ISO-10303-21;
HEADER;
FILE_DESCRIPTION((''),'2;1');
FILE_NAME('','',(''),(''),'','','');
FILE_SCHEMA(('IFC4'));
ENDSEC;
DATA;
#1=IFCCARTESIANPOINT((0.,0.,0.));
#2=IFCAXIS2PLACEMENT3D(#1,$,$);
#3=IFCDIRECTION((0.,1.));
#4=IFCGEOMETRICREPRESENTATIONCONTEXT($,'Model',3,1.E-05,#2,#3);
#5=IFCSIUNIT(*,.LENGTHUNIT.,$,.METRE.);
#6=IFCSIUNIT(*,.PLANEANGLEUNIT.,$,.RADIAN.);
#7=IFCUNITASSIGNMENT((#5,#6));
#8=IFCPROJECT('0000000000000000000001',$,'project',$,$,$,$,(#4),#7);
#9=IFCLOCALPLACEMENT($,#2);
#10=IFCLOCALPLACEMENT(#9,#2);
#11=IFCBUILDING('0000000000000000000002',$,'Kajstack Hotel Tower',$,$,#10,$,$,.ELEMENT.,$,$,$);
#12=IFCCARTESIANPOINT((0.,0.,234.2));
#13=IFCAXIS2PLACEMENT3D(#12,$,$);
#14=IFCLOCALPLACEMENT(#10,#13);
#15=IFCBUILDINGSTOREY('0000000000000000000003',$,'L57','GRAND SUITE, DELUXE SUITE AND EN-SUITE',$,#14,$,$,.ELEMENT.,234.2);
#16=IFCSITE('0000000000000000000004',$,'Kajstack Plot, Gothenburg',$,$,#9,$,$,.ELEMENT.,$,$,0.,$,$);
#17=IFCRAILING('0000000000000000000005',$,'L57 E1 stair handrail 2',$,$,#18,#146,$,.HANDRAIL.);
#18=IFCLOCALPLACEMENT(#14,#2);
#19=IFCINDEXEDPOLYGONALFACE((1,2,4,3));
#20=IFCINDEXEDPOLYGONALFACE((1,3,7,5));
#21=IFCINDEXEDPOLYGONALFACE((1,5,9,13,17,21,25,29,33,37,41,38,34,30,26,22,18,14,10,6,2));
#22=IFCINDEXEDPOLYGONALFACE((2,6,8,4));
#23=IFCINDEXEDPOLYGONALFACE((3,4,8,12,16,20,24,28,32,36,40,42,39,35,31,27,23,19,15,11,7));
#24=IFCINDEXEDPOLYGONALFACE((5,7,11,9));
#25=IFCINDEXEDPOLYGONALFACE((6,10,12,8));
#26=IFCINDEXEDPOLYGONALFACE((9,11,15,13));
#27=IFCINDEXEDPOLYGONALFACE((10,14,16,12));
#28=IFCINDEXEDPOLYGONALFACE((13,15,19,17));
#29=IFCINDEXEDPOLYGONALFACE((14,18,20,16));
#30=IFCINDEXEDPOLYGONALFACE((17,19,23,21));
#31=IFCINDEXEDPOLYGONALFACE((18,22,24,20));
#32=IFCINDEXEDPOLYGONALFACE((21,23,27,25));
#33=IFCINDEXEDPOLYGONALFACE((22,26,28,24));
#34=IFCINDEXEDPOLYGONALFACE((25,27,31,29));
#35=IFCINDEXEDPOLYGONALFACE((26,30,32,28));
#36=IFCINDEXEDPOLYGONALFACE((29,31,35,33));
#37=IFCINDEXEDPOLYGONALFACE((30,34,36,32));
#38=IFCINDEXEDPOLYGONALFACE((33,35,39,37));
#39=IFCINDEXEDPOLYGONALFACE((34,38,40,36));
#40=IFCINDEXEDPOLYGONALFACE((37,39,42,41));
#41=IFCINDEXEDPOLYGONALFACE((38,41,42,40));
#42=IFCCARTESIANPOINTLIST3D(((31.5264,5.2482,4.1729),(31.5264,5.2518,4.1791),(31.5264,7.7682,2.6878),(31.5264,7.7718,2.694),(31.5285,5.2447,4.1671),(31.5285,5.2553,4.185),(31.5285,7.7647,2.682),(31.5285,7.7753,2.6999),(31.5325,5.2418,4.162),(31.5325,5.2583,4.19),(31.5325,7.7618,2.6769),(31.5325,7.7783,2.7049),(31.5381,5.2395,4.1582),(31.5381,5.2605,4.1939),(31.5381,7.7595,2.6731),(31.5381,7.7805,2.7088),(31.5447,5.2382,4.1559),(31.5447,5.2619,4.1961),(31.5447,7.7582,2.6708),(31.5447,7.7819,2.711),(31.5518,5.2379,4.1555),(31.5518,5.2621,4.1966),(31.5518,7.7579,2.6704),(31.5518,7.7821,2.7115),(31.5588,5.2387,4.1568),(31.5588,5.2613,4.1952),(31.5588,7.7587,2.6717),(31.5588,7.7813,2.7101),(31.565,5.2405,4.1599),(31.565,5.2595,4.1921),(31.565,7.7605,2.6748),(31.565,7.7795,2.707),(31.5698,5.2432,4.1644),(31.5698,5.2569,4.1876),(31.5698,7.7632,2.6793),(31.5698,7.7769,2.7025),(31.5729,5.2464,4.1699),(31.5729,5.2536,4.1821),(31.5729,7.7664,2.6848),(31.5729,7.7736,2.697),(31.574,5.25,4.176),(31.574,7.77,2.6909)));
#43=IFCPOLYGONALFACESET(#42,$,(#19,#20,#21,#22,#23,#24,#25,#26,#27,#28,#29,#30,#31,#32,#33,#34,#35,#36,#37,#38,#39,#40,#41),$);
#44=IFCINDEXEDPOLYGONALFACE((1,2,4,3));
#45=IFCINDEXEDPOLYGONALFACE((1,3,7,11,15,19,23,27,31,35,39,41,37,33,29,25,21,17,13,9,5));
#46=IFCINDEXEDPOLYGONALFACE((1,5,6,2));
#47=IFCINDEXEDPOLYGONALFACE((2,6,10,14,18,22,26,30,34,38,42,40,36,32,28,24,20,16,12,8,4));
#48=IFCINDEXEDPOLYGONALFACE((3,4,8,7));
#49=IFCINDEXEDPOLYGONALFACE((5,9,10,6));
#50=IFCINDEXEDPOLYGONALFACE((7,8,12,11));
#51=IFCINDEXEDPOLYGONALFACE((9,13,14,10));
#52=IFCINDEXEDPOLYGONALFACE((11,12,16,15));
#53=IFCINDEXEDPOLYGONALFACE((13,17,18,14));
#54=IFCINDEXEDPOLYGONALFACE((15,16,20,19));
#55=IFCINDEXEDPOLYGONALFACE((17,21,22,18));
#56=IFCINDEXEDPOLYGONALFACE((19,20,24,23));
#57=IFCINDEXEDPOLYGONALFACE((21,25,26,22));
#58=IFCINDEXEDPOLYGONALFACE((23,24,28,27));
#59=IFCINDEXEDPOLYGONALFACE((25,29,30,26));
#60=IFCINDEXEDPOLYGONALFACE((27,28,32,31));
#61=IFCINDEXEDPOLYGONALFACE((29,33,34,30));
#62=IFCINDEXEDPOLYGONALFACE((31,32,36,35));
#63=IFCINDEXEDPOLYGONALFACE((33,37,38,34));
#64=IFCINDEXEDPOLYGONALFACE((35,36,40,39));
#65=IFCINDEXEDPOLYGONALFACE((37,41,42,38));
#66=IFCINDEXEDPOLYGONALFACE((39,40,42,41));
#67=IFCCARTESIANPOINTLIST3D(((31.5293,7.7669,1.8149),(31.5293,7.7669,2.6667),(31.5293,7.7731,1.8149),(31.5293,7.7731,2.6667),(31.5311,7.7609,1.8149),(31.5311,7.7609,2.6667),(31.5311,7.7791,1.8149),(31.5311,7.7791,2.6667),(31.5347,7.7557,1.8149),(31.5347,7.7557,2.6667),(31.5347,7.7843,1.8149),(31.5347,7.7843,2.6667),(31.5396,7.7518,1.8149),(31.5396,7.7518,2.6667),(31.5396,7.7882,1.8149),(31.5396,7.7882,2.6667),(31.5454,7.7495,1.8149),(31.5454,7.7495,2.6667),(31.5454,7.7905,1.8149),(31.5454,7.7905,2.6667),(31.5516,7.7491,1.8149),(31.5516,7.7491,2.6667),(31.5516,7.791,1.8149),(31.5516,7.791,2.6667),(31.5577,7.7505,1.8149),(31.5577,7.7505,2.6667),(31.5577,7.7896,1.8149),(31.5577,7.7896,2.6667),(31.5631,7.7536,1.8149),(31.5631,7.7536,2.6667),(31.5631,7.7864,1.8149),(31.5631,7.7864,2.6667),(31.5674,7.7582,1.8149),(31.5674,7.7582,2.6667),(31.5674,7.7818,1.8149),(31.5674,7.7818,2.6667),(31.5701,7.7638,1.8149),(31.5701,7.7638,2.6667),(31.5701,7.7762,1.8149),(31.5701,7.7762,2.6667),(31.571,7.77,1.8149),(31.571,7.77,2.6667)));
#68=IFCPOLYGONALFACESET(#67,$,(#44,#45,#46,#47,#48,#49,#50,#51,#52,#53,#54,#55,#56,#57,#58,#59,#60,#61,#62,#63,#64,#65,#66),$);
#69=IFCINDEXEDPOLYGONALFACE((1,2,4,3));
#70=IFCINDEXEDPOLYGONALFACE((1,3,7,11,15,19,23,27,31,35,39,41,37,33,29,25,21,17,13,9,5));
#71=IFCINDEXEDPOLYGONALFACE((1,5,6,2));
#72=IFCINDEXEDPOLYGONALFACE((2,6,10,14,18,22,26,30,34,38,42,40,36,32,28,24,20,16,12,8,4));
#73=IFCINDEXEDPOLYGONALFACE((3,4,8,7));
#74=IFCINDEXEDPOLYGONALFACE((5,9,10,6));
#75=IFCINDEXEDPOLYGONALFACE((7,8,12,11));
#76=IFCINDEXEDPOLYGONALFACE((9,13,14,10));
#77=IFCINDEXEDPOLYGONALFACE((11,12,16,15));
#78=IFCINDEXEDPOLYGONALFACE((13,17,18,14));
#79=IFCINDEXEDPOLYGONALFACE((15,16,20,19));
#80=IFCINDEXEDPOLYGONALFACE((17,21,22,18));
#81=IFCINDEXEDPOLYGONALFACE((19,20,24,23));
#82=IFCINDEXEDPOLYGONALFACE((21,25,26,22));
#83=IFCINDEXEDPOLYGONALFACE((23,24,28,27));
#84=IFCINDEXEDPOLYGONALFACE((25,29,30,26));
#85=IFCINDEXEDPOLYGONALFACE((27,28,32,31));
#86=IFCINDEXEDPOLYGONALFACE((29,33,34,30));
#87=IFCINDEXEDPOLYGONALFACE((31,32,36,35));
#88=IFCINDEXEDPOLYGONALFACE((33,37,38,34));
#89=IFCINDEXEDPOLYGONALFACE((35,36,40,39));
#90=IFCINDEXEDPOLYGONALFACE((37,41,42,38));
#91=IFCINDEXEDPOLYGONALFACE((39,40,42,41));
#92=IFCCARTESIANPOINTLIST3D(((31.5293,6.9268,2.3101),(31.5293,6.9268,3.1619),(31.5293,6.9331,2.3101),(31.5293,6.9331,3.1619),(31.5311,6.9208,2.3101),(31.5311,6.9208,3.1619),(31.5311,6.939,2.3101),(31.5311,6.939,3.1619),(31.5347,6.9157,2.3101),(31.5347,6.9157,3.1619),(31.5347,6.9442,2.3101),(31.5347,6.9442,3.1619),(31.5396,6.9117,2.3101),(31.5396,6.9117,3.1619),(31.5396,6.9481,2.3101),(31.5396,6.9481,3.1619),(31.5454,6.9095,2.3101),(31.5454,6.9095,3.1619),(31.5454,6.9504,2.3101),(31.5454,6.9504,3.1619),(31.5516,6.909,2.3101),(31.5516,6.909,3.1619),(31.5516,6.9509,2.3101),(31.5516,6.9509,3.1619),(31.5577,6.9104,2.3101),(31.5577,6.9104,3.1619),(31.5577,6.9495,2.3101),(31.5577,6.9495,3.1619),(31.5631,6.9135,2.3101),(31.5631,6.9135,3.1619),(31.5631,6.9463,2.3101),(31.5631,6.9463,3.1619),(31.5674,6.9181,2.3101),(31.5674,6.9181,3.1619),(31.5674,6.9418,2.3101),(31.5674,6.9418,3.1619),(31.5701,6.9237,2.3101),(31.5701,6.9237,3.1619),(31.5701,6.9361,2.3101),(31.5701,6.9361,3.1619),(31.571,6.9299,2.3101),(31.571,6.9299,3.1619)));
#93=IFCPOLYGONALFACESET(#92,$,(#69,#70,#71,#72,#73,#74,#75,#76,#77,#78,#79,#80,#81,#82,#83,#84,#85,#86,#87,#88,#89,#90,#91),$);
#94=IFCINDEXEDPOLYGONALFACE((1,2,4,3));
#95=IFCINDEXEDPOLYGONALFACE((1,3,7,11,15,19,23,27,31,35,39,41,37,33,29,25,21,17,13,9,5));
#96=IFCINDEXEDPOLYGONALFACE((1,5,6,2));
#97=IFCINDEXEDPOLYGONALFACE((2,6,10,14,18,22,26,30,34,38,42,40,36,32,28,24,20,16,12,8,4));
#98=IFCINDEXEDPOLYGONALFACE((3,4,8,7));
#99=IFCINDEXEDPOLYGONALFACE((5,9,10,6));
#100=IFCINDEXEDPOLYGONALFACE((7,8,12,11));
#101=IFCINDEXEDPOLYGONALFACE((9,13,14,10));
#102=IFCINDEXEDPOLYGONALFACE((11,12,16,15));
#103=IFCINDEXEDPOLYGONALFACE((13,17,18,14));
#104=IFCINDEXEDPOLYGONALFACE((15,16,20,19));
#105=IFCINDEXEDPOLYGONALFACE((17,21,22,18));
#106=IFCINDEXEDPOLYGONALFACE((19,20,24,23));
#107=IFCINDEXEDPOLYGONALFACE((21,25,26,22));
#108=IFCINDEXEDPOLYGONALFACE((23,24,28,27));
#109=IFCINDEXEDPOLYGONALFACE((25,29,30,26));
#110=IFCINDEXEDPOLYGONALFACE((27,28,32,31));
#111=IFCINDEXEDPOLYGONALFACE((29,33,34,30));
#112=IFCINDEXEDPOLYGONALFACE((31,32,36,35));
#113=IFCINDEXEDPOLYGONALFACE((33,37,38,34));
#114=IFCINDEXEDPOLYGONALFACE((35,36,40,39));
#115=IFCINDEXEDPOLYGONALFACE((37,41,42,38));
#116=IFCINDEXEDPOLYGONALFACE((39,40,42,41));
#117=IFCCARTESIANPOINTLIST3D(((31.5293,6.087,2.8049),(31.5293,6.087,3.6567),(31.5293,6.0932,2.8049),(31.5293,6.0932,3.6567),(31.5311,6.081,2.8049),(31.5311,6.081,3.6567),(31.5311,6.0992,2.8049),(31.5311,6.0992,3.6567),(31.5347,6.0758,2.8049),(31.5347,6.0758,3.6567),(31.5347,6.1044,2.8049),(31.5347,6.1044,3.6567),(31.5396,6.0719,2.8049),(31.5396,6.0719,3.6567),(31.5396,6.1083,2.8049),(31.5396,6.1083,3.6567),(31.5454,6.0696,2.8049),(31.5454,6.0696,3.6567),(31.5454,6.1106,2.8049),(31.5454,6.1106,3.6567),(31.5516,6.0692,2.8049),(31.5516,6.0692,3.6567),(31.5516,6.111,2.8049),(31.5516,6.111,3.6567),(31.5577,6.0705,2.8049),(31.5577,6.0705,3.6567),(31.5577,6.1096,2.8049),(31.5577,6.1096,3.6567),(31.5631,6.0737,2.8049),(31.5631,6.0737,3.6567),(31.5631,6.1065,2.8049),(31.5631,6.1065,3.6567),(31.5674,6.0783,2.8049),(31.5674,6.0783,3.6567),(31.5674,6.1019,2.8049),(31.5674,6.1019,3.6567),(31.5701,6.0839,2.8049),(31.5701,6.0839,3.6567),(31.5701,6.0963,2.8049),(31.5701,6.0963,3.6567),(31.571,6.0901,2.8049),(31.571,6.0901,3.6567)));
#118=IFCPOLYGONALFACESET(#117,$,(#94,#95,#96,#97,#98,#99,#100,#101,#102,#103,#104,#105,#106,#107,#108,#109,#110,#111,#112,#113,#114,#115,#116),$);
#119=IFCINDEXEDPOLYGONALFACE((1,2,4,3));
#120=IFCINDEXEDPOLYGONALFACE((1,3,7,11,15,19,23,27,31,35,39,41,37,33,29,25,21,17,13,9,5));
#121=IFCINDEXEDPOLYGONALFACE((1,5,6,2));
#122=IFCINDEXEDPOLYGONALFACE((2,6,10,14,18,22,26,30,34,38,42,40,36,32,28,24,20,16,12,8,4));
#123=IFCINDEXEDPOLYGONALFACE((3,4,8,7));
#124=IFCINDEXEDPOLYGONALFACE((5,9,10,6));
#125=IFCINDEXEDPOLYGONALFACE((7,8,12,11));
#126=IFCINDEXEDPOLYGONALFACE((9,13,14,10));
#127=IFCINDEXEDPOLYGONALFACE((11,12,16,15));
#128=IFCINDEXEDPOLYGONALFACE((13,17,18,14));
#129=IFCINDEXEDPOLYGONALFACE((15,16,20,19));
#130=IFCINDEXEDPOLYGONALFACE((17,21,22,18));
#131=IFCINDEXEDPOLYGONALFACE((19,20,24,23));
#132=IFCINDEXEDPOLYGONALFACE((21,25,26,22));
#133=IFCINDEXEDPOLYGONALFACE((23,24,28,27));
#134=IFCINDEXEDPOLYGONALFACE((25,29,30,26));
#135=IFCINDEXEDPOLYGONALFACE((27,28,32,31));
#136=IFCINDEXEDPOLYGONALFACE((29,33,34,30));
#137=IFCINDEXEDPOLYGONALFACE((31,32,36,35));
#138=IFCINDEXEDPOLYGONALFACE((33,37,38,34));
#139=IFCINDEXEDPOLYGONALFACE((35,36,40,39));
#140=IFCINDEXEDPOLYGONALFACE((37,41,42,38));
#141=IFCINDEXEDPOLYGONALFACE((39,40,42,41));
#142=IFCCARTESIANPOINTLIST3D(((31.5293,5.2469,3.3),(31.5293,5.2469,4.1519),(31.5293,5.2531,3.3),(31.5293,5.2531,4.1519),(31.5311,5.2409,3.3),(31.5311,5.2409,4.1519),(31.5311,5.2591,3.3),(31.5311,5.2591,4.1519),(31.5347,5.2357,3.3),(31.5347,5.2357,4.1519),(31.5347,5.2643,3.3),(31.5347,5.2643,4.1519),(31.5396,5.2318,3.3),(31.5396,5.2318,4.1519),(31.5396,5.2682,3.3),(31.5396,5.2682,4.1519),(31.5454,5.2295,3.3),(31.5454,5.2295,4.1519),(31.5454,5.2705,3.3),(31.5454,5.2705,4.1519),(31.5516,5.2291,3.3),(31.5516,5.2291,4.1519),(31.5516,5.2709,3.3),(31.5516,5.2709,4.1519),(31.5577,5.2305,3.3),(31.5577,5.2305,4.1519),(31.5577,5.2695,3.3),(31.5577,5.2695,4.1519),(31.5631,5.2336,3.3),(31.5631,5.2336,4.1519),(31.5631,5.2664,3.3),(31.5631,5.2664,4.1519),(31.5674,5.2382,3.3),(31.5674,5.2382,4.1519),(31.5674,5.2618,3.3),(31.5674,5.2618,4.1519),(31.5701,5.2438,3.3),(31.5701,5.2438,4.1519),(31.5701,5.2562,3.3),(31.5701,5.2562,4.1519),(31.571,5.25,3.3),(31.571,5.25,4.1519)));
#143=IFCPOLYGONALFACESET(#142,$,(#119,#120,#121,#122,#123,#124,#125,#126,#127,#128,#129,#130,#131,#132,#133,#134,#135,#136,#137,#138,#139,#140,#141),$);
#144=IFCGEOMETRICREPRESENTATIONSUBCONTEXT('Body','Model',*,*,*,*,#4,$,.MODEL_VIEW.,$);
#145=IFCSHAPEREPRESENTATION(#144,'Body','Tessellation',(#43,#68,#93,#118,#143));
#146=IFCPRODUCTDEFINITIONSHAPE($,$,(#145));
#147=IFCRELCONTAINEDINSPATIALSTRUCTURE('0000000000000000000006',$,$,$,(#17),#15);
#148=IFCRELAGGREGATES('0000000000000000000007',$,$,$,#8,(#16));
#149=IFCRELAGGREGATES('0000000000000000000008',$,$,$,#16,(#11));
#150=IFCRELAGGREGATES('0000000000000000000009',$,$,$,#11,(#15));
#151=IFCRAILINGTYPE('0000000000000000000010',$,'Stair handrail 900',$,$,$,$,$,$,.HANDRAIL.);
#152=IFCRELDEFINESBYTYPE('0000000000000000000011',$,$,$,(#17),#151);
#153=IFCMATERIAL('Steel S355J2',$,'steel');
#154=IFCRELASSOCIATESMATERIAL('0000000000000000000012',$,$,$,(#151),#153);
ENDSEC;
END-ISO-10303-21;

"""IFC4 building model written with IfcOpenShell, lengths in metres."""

from ifc_helpers import new_model, si_unit, direction, frame, origin, origin_2d, place, context, subcontext, project, spatial, circle, extrude, material, type_object, element, save


model = new_model("IFC4")

# Units and contexts
model_context = context("Model", 3, precision=1e-05, world=origin(), true_north=direction((0.0, 1.0)))
body_context = subcontext(model_context, "Body", "Model", "MODEL_VIEW")
ifc_project = project(units=[si_unit("LENGTHUNIT", "METRE"), si_unit("PLANEANGLEUNIT", "RADIAN")], contexts=[model_context])

# Site, building, storey
site_placement = place(None, origin())
site = spatial("IfcSite", under=ifc_project, at=site_placement, Name="Kajstack Plot, Gothenburg", CompositionType="ELEMENT", RefElevation=0.0)
building_placement = place(site_placement, origin())
building = spatial("IfcBuilding", under=site, at=building_placement, Name="Kajstack Hotel Tower", CompositionType="ELEMENT")
storey_placement = place(building_placement, frame((0.0, 0.0, 234.2)))
storey = spatial("IfcBuildingStorey", under=building, at=storey_placement, Name="L57", Description="GRAND SUITE, DELUXE SUITE AND EN-SUITE", CompositionType="ELEMENT", Elevation=234.2)

# Railing
ifc_material_1 = material(Name="Steel S355J2", Category="steel")
railing_type_1 = type_object("IfcRailingType", Name="Stair handrail 900", PredefinedType="HANDRAIL", material=ifc_material_1)
railing_1_placement = place(storey_placement, frame((31.55, 7.77, 1.8149)))
element("IfcRailing", 1, at=railing_1_placement, inside=storey, type_object=railing_type_1, Name="L57 E1 stair handrail 2", PredefinedType="HANDRAIL", context=body_context, shape_type="SweptSolid", body=[
    extrude(circle(Radius=0.0239, at=origin_2d()), frame((0.0, 0.0, 0.876), z_axis=(0.0, -0.861524, 0.507717), x_axis=(1.0, 0.0, 0.0)), (0.0, 0.0, 1.0), 2.925),
    extrude(circle(Radius=0.021, at=origin_2d()), origin(), (0.0, 0.0, 1.0), 0.8518),
    extrude(circle(Radius=0.021, at=origin_2d()), frame((0.0, -0.8401, 0.4951)), (0.0, 0.0, 1.0), 0.8518),
    extrude(circle(Radius=0.021, at=origin_2d()), frame((0.0, -1.6799, 0.99)), (0.0, 0.0, 1.0), 0.8518),
    extrude(circle(Radius=0.021, at=origin_2d()), frame((0.0, -2.52, 1.4851)), (0.0, 0.0, 1.0), 0.8518),
])

save(model, "model.ifc")
